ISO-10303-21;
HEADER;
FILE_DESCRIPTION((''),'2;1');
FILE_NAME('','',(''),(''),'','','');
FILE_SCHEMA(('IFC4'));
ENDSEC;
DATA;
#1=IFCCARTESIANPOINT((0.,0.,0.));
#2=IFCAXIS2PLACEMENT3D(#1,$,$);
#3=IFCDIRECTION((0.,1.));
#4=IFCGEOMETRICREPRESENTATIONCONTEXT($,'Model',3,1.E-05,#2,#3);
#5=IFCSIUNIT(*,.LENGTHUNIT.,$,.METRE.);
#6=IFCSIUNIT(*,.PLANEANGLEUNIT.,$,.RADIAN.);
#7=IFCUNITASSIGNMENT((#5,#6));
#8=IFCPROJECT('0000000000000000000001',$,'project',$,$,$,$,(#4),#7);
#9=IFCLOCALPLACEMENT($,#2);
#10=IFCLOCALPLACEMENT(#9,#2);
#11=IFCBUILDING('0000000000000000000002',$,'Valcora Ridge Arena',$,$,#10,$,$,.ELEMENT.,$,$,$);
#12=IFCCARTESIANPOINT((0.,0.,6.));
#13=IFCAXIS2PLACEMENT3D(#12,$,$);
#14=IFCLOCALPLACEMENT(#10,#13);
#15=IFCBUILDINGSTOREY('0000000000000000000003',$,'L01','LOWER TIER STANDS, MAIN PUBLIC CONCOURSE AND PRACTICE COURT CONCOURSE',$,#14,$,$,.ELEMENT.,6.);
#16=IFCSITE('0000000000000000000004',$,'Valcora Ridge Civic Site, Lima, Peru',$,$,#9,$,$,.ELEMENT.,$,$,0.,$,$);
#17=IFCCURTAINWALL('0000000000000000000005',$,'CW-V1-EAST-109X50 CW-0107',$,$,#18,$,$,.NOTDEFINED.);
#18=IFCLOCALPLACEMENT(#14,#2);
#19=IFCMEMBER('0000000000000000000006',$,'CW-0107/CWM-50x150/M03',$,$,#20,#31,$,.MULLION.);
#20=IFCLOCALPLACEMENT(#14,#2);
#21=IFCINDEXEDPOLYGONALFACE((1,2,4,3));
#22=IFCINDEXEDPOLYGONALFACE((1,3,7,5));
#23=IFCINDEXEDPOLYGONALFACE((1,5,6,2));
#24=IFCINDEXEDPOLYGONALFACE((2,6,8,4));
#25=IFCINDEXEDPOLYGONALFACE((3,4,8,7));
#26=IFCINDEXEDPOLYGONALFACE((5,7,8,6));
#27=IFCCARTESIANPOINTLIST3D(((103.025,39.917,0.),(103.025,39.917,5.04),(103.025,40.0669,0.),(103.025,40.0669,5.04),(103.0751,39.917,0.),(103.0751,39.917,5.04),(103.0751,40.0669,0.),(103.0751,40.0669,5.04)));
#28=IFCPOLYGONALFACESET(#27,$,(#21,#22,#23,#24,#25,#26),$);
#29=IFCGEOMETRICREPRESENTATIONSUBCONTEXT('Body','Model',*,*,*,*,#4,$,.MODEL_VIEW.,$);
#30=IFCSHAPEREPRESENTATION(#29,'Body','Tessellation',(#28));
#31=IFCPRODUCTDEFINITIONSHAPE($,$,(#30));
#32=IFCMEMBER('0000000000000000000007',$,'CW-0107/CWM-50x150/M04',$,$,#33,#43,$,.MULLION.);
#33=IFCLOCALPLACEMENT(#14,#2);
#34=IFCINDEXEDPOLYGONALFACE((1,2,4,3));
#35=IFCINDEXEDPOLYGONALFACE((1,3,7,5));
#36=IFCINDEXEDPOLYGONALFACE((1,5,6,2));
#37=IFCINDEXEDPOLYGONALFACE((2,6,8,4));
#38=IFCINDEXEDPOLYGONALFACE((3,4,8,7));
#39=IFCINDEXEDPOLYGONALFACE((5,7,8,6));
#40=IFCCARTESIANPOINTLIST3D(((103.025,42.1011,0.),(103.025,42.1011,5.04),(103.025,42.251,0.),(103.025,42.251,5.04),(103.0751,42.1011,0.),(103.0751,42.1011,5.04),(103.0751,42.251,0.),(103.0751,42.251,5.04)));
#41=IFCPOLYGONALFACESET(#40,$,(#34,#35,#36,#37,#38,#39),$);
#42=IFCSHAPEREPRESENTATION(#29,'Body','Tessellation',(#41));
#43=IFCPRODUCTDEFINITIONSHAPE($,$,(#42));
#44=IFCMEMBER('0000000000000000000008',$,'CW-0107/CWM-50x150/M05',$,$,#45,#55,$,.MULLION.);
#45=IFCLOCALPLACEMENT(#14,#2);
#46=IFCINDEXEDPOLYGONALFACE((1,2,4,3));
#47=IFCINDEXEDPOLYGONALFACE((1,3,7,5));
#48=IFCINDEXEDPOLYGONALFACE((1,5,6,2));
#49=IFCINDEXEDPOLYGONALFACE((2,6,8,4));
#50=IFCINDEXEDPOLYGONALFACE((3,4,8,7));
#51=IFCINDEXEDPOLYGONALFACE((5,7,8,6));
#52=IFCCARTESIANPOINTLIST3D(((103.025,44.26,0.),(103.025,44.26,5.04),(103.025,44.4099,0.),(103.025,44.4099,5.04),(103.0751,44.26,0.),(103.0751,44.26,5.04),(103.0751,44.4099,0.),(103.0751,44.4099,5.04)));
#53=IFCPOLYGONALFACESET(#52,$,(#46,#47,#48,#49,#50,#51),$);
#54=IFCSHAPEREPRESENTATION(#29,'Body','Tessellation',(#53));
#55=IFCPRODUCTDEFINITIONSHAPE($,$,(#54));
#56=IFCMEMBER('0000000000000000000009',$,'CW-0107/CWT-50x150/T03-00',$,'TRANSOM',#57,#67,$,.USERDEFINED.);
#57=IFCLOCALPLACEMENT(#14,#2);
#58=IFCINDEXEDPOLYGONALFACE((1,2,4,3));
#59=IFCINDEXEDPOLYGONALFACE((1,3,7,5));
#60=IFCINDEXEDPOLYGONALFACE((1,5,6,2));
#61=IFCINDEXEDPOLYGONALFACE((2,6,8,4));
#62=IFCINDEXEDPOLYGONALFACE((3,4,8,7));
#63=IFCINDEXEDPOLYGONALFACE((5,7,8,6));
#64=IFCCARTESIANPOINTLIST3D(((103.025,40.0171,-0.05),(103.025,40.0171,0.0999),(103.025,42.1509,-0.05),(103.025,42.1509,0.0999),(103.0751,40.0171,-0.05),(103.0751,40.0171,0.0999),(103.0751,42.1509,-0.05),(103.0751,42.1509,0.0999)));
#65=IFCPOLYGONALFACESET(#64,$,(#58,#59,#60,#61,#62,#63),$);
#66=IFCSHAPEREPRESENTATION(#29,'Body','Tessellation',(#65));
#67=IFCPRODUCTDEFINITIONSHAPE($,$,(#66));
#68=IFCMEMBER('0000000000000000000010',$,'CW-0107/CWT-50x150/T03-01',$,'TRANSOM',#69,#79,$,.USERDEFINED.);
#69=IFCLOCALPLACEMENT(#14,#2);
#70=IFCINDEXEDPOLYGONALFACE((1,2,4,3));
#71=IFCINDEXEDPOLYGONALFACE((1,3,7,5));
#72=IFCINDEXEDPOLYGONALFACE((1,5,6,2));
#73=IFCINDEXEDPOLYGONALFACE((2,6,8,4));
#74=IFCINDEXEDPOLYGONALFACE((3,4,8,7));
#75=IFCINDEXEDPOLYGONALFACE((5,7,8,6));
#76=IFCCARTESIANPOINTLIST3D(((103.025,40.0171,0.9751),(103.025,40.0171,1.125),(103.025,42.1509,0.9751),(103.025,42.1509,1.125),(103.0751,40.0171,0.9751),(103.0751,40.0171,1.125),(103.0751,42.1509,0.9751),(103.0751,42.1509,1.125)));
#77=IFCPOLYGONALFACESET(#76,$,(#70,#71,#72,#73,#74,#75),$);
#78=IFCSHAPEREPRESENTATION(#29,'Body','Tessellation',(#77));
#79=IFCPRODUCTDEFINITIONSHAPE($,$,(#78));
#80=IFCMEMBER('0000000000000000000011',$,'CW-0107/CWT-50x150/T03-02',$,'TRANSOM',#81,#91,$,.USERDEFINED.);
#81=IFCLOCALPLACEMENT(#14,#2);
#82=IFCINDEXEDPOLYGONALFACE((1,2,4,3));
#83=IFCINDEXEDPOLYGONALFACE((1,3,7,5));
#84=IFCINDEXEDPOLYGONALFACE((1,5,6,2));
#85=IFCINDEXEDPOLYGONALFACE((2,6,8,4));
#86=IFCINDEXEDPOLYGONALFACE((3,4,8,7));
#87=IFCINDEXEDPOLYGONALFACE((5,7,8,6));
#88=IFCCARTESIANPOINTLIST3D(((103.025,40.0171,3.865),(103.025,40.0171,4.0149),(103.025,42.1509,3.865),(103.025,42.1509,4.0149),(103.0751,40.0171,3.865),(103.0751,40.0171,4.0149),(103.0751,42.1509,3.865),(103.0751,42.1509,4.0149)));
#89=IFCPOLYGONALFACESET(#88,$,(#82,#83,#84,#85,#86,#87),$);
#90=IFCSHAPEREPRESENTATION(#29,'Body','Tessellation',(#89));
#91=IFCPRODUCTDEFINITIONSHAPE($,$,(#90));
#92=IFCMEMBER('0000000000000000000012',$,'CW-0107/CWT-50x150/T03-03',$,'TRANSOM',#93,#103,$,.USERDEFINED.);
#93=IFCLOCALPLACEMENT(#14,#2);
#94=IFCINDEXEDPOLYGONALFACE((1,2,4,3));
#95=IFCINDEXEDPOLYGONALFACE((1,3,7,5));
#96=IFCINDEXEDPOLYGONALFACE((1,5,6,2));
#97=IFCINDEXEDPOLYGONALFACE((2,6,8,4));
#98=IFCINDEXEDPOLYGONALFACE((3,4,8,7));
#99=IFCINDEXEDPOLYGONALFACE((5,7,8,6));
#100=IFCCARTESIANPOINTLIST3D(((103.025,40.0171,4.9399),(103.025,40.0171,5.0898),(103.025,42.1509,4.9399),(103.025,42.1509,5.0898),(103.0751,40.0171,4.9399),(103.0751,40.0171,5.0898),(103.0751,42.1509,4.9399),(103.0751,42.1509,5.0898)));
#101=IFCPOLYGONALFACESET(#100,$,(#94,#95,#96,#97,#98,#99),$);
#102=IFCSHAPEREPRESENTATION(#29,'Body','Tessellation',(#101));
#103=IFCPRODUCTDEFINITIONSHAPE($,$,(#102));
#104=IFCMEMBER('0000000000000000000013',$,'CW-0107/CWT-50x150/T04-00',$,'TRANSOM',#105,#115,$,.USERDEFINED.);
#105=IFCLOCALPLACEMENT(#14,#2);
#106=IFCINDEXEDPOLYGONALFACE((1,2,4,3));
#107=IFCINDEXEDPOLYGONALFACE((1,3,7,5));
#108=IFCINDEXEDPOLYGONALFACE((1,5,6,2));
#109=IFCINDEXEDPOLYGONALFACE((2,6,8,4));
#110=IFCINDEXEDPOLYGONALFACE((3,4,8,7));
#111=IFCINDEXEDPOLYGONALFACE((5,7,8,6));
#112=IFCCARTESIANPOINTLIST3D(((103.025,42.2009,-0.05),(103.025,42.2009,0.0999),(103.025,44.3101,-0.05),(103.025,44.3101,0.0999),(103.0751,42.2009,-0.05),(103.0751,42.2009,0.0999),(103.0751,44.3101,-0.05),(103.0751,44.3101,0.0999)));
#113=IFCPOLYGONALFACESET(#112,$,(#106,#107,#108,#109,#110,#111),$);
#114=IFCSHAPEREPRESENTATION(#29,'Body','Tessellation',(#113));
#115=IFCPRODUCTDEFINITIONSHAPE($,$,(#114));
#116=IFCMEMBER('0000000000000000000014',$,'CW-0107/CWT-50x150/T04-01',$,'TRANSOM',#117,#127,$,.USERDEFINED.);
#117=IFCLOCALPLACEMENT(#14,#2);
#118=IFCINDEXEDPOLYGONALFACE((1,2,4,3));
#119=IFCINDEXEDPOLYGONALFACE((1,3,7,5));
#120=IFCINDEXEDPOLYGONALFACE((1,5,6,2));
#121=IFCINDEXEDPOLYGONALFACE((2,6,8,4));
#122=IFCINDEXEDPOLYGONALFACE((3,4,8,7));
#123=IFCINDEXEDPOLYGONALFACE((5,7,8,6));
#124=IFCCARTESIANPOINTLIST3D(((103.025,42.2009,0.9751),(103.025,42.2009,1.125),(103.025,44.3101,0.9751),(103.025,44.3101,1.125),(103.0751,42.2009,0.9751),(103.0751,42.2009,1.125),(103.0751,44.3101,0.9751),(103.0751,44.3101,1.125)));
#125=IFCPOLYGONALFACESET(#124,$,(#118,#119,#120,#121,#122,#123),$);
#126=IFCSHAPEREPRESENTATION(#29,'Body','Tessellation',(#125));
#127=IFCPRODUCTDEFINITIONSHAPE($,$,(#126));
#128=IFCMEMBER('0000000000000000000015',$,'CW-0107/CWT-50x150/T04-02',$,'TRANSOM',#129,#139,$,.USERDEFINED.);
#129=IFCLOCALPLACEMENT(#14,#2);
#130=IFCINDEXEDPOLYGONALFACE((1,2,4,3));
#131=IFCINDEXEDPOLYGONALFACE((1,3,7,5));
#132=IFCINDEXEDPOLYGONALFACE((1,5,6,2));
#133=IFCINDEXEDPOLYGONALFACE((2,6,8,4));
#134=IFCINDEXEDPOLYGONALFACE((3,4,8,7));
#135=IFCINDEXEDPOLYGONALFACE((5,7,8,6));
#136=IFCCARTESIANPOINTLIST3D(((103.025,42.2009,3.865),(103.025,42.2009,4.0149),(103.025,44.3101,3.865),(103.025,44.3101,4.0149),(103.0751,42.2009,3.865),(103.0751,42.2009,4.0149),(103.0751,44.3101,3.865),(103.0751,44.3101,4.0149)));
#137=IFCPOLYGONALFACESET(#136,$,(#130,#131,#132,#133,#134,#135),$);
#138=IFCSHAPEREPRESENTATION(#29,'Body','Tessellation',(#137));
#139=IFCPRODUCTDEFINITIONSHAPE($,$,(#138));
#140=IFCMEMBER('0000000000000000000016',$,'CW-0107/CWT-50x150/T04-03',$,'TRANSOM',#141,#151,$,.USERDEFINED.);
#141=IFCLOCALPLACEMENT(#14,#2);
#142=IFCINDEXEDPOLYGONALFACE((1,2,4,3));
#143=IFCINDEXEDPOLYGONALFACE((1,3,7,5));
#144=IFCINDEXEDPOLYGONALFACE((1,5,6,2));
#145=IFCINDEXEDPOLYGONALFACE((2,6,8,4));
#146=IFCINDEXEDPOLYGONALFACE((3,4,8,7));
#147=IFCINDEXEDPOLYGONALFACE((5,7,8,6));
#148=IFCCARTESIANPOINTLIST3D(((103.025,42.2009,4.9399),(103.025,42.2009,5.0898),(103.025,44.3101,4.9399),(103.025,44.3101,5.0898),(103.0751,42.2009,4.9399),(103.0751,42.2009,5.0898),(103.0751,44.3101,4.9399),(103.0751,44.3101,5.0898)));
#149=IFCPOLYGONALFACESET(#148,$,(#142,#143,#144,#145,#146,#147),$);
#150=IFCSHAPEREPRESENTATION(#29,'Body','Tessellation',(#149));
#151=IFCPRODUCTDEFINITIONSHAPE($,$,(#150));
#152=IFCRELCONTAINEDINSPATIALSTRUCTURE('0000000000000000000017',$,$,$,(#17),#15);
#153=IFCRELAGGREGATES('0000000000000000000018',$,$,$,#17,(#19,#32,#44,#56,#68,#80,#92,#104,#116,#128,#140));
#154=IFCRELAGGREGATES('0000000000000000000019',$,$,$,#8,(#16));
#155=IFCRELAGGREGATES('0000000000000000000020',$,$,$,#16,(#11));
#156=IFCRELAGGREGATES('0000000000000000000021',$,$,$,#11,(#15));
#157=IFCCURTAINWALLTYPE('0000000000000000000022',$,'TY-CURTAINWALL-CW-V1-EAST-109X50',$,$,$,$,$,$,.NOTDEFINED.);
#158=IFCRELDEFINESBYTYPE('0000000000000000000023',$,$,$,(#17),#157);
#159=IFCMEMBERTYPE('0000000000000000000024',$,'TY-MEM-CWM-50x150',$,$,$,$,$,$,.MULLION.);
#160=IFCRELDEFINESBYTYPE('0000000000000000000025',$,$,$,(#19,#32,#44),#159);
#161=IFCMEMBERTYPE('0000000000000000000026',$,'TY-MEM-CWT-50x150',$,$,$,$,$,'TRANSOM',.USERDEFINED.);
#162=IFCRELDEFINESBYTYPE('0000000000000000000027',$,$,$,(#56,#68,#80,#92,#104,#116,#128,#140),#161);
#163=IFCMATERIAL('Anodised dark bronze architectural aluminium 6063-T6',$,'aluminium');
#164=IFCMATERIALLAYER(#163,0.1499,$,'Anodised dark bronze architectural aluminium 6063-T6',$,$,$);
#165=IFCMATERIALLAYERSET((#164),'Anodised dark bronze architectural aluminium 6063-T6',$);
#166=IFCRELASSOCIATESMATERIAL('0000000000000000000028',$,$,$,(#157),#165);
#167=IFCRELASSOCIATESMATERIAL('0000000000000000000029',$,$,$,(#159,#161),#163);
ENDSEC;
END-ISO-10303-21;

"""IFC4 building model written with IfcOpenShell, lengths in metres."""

from ifc_helpers import new_model, si_unit, direction, frame, origin, origin_2d, place, context, subcontext, project, spatial, rectangle, extrude, material, layer, layer_set, material_profile, profile_set, type_object, element, aggregate, save


model = new_model("IFC4")

# Units and contexts
model_context = context("Model", 3, precision=1e-05, world=origin(), true_north=direction((0.0, 1.0)))
body_context = subcontext(model_context, "Body", "Model", "MODEL_VIEW")
ifc_project = project(units=[si_unit("LENGTHUNIT", "METRE"), si_unit("PLANEANGLEUNIT", "RADIAN")], contexts=[model_context])

# Site, building, storey
site_placement = place(None, origin())
site = spatial("IfcSite", under=ifc_project, at=site_placement, Name="Valcora Ridge Civic Site, Lima, Peru", CompositionType="ELEMENT", RefElevation=0.0)
building_placement = place(site_placement, origin())
building = spatial("IfcBuilding", under=site, at=building_placement, Name="Valcora Ridge Arena", CompositionType="ELEMENT")
storey_placement = place(building_placement, frame((0.0, 0.0, 6.0)))
storey = spatial("IfcBuildingStorey", under=building, at=storey_placement, Name="L01", Description="LOWER TIER STANDS, MAIN PUBLIC CONCOURSE AND PRACTICE COURT CONCOURSE", CompositionType="ELEMENT", Elevation=6.0)

# Curtain wall, members
ifc_material_1 = material(Name="Anodised dark bronze architectural aluminium 6063-T6", Category="aluminium")
ifc_layer_1 = layer(ifc_material_1, 0.1499, Name="Anodised dark bronze architectural aluminium 6063-T6")
ifc_layer_set_1 = layer_set([ifc_layer_1], Name="Anodised dark bronze architectural aluminium 6063-T6")
curtain_wall_type = type_object("IfcCurtainWallType", Name="TY-CURTAINWALL-CW-V1-EAST-109X50", PredefinedType="NOTDEFINED", material=ifc_layer_set_1)
curtain_wall_placement = place(storey_placement, origin())
curtain_wall = element("IfcCurtainWall", 1, at=curtain_wall_placement, inside=storey, type_object=curtain_wall_type, Name="CW-V1-EAST-109X50 CW-0107", PredefinedType="NOTDEFINED")
ifc_material_profile_1 = material_profile(ifc_material_1, rectangle(XDim=0.05, YDim=0.1499, at=origin_2d()), Name="ALU MULLION 50x150")
ifc_profile_set_1 = profile_set([ifc_material_profile_1], Name="Anodised dark bronze architectural aluminium 6063-T6")
member_type_1 = type_object("IfcMemberType", Name="TY-MEM-CWM-50x150", PredefinedType="MULLION", material=ifc_profile_set_1)
member_1_placement = place(storey_placement, frame((103.05, 39.9919, 0.0), z_axis=(0.0, 0.0, 1.0), x_axis=(-1.0, 0.0, 0.0)))
member_1 = element("IfcMember", 2, at=member_1_placement, type_object=member_type_1, Name="CW-0107/CWM-50x150/M03", PredefinedType="MULLION", context=body_context, shape_type="SweptSolid", body=[
    extrude(rectangle(XDim=0.05, YDim=0.1499, at=origin_2d()), origin(), (0.0, 0.0, 1.0), 5.04),
])
member_2_placement = place(storey_placement, frame((103.05, 42.176, 0.0), z_axis=(0.0, 0.0, 1.0), x_axis=(-1.0, 0.0, 0.0)))
member_2 = element("IfcMember", 3, at=member_2_placement, type_object=member_type_1, Name="CW-0107/CWM-50x150/M04", PredefinedType="MULLION", context=body_context, shape_type="SweptSolid", body=[
    extrude(rectangle(XDim=0.05, YDim=0.1499, at=origin_2d()), origin(), (0.0, 0.0, 1.0), 5.04),
])
member_3_placement = place(storey_placement, frame((103.05, 44.335, 0.0), z_axis=(0.0, 0.0, 1.0), x_axis=(-1.0, 0.0, 0.0)))
member_3 = element("IfcMember", 4, at=member_3_placement, type_object=member_type_1, Name="CW-0107/CWM-50x150/M05", PredefinedType="MULLION", context=body_context, shape_type="SweptSolid", body=[
    extrude(rectangle(XDim=0.05, YDim=0.1499, at=origin_2d()), origin(), (0.0, 0.0, 1.0), 5.04),
])
ifc_material_profile_2 = material_profile(ifc_material_1, rectangle(XDim=0.05, YDim=0.1499, at=origin_2d()), Name="ALU TRANSOM 50x150")
ifc_profile_set_2 = profile_set([ifc_material_profile_2], Name="Anodised dark bronze architectural aluminium 6063-T6")
member_type_2 = type_object("IfcMemberType", Name="TY-MEM-CWT-50x150", ElementType="TRANSOM", PredefinedType="USERDEFINED", material=ifc_profile_set_2)
member_4_placement = place(storey_placement, frame((103.05, 40.0171, 0.0249), z_axis=(0.0, 1.0, 0.0), x_axis=(-1.0, 0.0, 0.0)))
member_4 = element("IfcMember", 5, at=member_4_placement, type_object=member_type_2, Name="CW-0107/CWT-50x150/T03-00", ObjectType="TRANSOM", PredefinedType="USERDEFINED", context=body_context, shape_type="SweptSolid", body=[
    extrude(rectangle(XDim=0.05, YDim=0.1499, at=origin_2d()), origin(), (0.0, 0.0, 1.0), 2.1338),
])
member_5_placement = place(storey_placement, frame((103.05, 40.0171, 1.05), z_axis=(0.0, 1.0, 0.0), x_axis=(-1.0, 0.0, 0.0)))
member_5 = element("IfcMember", 6, at=member_5_placement, type_object=member_type_2, Name="CW-0107/CWT-50x150/T03-01", ObjectType="TRANSOM", PredefinedType="USERDEFINED", context=body_context, shape_type="SweptSolid", body=[
    extrude(rectangle(XDim=0.05, YDim=0.1499, at=origin_2d()), origin(), (0.0, 0.0, 1.0), 2.1338),
])
member_6_placement = place(storey_placement, frame((103.05, 40.0171, 3.9399), z_axis=(0.0, 1.0, 0.0), x_axis=(-1.0, 0.0, 0.0)))
member_6 = element("IfcMember", 7, at=member_6_placement, type_object=member_type_2, Name="CW-0107/CWT-50x150/T03-02", ObjectType="TRANSOM", PredefinedType="USERDEFINED", context=body_context, shape_type="SweptSolid", body=[
    extrude(rectangle(XDim=0.05, YDim=0.1499, at=origin_2d()), origin(), (0.0, 0.0, 1.0), 2.1338),
])
member_7_placement = place(storey_placement, frame((103.05, 40.0171, 5.0149), z_axis=(0.0, 1.0, 0.0), x_axis=(-1.0, 0.0, 0.0)))
member_7 = element("IfcMember", 8, at=member_7_placement, type_object=member_type_2, Name="CW-0107/CWT-50x150/T03-03", ObjectType="TRANSOM", PredefinedType="USERDEFINED", context=body_context, shape_type="SweptSolid", body=[
    extrude(rectangle(XDim=0.05, YDim=0.1499, at=origin_2d()), origin(), (0.0, 0.0, 1.0), 2.1338),
])
member_8_placement = place(storey_placement, frame((103.05, 42.2009, 0.0249), z_axis=(0.0, 1.0, 0.0), x_axis=(-1.0, 0.0, 0.0)))
member_8 = element("IfcMember", 9, at=member_8_placement, type_object=member_type_2, Name="CW-0107/CWT-50x150/T04-00", ObjectType="TRANSOM", PredefinedType="USERDEFINED", context=body_context, shape_type="SweptSolid", body=[
    extrude(rectangle(XDim=0.05, YDim=0.1499, at=origin_2d()), origin(), (0.0, 0.0, 1.0), 2.1091),
])
member_9_placement = place(storey_placement, frame((103.05, 42.2009, 1.05), z_axis=(0.0, 1.0, 0.0), x_axis=(-1.0, 0.0, 0.0)))
member_9 = element("IfcMember", 10, at=member_9_placement, type_object=member_type_2, Name="CW-0107/CWT-50x150/T04-01", ObjectType="TRANSOM", PredefinedType="USERDEFINED", context=body_context, shape_type="SweptSolid", body=[
    extrude(rectangle(XDim=0.05, YDim=0.1499, at=origin_2d()), origin(), (0.0, 0.0, 1.0), 2.1091),
])
member_10_placement = place(storey_placement, frame((103.05, 42.2009, 3.9399), z_axis=(0.0, 1.0, 0.0), x_axis=(-1.0, 0.0, 0.0)))
member_10 = element("IfcMember", 11, at=member_10_placement, type_object=member_type_2, Name="CW-0107/CWT-50x150/T04-02", ObjectType="TRANSOM", PredefinedType="USERDEFINED", context=body_context, shape_type="SweptSolid", body=[
    extrude(rectangle(XDim=0.05, YDim=0.1499, at=origin_2d()), origin(), (0.0, 0.0, 1.0), 2.1091),
])
member_11_placement = place(storey_placement, frame((103.05, 42.2009, 5.0149), z_axis=(0.0, 1.0, 0.0), x_axis=(-1.0, 0.0, 0.0)))
member_11 = element("IfcMember", 12, at=member_11_placement, type_object=member_type_2, Name="CW-0107/CWT-50x150/T04-03", ObjectType="TRANSOM", PredefinedType="USERDEFINED", context=body_context, shape_type="SweptSolid", body=[
    extrude(rectangle(XDim=0.05, YDim=0.1499, at=origin_2d()), origin(), (0.0, 0.0, 1.0), 2.1091),
])

aggregate(curtain_wall, [member_1, member_2, member_3, member_4, member_5, member_6, member_7, member_8, member_9, member_10, member_11])

save(model, "model.ifc")
